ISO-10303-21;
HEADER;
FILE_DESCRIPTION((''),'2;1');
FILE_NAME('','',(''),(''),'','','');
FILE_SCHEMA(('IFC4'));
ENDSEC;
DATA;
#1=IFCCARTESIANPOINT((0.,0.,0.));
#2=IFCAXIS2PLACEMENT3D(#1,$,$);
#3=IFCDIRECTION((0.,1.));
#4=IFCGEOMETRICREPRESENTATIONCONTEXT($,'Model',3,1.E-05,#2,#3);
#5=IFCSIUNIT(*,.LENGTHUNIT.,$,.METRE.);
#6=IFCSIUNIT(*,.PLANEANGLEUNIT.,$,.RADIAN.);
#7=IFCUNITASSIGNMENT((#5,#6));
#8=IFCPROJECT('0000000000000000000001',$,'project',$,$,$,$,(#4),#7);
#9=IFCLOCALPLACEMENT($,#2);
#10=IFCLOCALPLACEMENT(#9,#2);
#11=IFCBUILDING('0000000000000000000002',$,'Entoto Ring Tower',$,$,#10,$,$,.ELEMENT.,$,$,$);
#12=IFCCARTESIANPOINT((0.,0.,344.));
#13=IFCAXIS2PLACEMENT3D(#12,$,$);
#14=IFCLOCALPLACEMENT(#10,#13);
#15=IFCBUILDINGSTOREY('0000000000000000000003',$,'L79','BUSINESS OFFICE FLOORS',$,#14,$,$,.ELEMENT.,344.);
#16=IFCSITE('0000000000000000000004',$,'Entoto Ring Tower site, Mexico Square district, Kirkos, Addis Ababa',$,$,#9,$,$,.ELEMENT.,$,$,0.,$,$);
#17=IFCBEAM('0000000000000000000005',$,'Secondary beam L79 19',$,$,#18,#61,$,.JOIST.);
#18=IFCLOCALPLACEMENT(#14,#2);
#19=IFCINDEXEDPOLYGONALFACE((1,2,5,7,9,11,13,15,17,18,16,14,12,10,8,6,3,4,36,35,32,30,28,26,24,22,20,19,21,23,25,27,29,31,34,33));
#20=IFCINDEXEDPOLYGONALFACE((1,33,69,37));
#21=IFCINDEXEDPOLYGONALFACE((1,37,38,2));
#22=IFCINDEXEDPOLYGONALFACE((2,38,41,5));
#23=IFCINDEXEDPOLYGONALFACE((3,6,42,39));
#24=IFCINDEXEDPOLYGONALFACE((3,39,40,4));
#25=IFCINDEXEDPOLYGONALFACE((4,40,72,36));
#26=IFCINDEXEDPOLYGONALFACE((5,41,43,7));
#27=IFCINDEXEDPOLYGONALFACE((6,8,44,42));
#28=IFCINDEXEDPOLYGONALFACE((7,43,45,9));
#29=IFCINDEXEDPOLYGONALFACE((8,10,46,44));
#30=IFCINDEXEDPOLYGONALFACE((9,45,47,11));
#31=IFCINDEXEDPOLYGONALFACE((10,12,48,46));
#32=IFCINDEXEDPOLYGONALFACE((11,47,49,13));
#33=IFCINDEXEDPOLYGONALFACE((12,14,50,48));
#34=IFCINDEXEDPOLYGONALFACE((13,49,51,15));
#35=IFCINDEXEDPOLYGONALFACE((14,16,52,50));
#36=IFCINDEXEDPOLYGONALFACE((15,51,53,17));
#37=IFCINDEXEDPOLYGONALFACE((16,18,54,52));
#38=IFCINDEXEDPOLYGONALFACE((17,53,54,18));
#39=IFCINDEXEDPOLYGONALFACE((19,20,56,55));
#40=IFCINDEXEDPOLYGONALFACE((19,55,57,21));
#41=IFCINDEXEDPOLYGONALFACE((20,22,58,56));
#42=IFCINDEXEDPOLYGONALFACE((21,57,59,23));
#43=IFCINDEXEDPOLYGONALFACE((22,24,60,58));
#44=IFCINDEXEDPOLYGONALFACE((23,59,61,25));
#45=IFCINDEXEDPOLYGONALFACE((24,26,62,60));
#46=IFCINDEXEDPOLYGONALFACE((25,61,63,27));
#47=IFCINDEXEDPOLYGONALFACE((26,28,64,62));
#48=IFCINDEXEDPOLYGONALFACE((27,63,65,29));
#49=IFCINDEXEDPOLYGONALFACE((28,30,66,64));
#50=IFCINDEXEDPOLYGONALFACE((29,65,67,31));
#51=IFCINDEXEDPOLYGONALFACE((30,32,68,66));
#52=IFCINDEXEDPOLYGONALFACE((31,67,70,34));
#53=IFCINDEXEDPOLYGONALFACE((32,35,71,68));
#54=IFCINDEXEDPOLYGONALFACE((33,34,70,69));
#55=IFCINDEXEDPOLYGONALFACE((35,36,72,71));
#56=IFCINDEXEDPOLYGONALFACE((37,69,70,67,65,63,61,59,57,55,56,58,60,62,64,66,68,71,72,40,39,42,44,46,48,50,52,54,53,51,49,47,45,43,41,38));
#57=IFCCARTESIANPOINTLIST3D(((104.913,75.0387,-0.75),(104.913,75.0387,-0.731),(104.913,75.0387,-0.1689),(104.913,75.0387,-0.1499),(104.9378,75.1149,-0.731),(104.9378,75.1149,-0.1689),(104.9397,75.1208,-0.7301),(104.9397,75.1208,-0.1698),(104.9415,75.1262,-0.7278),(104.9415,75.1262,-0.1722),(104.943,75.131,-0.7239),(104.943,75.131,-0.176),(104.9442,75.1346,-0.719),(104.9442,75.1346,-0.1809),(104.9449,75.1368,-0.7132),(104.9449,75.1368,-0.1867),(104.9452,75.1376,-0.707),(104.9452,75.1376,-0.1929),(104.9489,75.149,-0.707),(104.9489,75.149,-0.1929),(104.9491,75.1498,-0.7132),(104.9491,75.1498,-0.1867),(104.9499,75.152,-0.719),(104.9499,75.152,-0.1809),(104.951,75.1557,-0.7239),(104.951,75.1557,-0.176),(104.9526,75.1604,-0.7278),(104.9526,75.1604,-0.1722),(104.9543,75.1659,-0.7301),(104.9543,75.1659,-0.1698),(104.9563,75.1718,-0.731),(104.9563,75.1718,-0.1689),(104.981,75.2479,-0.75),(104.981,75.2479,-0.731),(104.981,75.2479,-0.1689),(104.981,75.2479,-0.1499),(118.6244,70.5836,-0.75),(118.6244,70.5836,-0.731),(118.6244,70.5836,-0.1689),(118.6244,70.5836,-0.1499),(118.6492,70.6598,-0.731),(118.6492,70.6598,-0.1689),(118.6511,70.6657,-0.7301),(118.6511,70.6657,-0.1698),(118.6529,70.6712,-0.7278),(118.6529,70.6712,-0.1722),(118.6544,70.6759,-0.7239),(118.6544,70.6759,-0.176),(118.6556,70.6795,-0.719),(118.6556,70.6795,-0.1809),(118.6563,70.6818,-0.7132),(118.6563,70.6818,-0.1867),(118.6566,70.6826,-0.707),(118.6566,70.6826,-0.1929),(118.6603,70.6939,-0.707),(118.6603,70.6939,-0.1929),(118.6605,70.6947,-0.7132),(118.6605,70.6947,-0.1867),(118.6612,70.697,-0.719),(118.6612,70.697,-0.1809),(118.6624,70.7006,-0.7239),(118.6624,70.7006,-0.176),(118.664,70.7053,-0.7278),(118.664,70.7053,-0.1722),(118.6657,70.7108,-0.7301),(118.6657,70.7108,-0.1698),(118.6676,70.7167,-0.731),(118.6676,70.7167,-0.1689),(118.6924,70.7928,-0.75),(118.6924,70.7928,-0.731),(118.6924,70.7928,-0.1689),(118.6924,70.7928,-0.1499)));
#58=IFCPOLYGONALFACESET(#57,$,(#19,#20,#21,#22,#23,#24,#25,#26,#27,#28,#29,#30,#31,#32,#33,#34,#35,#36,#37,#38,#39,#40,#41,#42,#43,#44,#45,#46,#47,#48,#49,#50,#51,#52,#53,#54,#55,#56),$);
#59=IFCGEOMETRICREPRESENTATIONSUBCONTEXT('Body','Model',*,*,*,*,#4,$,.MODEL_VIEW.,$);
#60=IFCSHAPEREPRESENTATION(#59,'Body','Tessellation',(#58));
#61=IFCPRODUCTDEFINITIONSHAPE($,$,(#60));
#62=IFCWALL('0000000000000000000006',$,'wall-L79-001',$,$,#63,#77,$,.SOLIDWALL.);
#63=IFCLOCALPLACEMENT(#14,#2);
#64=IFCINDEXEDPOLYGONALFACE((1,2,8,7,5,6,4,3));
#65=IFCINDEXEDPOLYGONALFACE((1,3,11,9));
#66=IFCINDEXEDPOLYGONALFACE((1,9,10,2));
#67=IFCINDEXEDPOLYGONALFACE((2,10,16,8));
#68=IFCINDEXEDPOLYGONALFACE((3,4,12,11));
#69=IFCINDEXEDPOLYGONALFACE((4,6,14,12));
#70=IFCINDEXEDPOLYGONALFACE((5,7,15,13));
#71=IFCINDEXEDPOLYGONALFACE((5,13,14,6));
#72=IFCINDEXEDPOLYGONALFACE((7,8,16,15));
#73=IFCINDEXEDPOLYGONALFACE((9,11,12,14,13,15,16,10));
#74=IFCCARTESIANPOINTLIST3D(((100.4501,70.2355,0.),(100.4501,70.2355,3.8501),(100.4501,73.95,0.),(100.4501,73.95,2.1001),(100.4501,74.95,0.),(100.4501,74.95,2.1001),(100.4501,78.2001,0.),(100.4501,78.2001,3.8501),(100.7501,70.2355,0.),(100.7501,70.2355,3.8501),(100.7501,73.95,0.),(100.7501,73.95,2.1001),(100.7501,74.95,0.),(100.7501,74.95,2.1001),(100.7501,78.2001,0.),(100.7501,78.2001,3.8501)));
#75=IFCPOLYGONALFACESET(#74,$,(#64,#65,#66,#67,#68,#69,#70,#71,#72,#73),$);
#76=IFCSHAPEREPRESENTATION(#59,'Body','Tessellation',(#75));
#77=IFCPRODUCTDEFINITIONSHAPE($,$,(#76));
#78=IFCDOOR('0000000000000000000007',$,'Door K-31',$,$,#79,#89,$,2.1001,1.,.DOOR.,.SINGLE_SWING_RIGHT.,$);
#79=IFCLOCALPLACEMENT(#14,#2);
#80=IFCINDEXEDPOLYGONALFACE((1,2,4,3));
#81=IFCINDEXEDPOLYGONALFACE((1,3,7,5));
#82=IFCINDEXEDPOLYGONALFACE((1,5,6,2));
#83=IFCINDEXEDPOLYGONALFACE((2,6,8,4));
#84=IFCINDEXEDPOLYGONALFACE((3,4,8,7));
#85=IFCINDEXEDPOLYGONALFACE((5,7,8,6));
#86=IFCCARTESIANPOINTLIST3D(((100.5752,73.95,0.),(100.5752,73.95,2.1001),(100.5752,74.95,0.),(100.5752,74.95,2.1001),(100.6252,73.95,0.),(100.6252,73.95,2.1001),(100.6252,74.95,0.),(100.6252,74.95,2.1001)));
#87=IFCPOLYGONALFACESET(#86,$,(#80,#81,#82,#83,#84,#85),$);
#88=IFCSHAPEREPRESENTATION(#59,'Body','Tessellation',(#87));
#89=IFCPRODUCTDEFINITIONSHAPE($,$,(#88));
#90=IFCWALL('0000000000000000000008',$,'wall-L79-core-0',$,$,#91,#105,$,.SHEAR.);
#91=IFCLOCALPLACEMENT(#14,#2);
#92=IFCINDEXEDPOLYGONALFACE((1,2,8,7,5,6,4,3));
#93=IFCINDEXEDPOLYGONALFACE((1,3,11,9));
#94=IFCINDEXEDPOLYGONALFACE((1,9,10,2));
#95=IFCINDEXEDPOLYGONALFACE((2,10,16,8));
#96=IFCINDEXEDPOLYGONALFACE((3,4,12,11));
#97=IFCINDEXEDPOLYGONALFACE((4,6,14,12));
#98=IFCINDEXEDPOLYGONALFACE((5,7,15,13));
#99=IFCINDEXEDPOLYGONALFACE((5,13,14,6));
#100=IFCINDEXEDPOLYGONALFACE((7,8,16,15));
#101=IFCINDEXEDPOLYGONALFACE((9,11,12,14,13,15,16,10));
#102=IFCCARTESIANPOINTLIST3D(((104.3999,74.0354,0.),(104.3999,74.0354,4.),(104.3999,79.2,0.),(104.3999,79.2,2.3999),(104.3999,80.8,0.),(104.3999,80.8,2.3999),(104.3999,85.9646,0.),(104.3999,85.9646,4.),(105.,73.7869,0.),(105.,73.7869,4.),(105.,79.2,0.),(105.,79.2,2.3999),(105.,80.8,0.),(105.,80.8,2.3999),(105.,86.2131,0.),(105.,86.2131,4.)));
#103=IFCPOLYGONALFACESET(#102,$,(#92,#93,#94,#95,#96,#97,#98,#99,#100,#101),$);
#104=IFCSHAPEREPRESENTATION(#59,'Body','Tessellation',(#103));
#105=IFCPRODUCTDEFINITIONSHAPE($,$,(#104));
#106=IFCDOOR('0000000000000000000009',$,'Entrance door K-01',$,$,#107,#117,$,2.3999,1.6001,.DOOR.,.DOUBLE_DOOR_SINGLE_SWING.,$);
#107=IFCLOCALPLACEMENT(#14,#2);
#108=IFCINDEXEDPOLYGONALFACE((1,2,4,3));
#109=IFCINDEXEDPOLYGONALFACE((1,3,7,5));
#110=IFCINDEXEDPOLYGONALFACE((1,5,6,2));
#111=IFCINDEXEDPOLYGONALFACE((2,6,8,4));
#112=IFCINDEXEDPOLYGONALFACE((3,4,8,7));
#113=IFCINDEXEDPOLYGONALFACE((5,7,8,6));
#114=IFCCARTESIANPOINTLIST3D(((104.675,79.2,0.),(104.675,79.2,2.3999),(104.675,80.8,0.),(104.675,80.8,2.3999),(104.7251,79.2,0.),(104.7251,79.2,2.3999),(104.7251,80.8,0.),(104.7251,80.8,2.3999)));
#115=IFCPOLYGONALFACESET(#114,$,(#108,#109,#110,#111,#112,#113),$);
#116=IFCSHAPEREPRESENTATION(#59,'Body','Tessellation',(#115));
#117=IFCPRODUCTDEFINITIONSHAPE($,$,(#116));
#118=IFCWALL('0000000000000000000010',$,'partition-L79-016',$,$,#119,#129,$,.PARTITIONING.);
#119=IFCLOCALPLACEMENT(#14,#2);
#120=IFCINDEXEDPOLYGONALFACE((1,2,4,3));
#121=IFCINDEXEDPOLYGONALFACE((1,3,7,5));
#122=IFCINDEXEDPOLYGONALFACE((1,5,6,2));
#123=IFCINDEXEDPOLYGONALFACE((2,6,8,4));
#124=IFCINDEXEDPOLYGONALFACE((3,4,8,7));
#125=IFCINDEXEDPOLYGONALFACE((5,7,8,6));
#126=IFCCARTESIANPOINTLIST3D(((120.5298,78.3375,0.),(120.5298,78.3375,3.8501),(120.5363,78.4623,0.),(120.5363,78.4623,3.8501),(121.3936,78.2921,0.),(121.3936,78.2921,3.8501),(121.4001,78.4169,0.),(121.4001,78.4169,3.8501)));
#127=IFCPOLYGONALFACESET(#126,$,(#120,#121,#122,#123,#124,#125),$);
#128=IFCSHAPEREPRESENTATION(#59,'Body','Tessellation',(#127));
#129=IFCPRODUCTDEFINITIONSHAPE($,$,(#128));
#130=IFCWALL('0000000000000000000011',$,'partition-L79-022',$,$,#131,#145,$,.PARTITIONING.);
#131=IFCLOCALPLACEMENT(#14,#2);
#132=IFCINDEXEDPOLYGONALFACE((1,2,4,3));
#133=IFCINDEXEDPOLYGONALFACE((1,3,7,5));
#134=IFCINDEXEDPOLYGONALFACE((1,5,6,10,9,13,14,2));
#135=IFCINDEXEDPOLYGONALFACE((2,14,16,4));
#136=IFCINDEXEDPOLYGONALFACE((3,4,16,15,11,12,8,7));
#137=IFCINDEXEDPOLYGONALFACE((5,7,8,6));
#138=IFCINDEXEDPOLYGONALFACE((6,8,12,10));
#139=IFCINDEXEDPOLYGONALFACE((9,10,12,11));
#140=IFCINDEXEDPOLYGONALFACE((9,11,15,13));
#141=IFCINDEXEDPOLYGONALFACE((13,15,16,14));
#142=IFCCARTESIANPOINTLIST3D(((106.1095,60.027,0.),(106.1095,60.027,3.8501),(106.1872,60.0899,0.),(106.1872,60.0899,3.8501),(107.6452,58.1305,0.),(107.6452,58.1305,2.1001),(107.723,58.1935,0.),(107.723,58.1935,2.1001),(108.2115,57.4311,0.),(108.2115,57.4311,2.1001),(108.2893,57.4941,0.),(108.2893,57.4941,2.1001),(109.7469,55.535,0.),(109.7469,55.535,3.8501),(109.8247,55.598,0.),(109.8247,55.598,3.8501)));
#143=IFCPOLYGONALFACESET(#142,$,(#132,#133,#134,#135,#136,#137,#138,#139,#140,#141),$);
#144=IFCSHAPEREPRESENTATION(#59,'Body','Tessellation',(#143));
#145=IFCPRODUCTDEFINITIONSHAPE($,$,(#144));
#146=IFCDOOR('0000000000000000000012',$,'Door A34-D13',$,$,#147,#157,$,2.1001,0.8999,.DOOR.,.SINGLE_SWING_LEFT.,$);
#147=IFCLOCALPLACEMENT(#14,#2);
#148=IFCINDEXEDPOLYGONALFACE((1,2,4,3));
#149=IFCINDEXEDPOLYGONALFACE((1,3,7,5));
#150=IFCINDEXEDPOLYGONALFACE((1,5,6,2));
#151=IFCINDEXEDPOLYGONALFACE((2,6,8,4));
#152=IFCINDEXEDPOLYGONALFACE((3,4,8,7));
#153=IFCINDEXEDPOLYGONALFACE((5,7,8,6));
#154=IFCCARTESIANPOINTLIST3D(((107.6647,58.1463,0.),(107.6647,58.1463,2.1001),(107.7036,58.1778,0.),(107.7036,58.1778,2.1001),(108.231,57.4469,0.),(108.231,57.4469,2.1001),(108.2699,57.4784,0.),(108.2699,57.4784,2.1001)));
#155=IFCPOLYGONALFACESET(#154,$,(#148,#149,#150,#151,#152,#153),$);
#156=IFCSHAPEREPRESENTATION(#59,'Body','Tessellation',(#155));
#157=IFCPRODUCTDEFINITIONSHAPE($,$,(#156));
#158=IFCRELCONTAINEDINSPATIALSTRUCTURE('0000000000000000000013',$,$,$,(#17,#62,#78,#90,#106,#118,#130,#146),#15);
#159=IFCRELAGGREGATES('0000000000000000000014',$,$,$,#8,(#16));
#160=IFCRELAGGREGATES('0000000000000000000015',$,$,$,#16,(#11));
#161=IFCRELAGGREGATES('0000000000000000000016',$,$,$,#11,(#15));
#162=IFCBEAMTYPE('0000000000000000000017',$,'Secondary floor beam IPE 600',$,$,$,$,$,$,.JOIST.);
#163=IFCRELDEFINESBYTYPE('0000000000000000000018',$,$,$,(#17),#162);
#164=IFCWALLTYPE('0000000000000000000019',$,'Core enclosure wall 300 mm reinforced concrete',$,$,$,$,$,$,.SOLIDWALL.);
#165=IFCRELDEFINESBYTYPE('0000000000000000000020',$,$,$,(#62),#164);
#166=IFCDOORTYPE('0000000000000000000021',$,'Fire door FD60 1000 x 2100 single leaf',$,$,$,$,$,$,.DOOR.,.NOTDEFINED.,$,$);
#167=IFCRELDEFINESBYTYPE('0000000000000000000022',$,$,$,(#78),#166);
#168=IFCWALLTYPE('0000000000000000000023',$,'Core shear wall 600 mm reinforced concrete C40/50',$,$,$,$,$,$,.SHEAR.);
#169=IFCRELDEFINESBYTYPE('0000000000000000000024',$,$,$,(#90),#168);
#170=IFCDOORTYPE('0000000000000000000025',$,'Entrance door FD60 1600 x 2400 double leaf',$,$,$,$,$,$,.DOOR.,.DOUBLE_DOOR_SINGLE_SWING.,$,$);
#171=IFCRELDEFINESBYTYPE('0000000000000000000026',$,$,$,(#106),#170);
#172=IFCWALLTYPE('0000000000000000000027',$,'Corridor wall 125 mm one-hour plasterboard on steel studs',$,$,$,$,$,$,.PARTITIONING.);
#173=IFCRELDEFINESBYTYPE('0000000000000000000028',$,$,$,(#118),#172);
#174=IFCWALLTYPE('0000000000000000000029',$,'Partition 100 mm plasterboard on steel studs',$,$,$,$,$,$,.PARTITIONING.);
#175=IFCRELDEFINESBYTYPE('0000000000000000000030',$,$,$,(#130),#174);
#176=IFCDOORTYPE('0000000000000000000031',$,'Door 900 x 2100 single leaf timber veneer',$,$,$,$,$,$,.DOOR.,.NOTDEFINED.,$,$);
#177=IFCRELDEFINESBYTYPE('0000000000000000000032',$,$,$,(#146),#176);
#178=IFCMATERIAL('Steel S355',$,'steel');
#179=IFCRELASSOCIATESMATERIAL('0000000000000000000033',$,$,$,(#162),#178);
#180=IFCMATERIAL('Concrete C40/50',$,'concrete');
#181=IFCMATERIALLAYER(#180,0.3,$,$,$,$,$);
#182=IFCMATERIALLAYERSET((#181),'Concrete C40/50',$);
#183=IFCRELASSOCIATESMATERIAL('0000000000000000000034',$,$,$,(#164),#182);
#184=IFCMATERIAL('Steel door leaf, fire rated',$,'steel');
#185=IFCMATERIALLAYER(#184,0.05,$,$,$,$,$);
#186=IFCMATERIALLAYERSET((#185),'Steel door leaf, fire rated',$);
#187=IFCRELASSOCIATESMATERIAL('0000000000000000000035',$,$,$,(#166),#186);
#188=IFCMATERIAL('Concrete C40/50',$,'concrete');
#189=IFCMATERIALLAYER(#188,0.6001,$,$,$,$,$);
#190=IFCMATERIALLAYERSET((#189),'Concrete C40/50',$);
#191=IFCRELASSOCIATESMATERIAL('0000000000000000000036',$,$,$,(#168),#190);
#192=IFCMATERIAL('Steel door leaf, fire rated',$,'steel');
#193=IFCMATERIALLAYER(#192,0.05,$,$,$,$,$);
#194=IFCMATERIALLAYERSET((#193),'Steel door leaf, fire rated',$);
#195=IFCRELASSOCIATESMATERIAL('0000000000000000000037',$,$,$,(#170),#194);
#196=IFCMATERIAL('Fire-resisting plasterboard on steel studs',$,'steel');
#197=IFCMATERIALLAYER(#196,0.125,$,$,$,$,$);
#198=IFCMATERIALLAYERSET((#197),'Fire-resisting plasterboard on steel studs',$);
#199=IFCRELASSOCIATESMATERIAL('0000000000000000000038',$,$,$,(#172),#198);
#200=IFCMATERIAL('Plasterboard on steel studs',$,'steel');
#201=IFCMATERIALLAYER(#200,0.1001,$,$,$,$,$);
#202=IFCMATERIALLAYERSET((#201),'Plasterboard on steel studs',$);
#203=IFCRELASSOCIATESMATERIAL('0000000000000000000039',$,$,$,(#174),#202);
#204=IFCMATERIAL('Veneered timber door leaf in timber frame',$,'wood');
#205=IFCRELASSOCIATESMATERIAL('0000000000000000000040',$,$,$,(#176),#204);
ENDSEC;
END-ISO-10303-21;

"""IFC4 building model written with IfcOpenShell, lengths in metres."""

from ifc_helpers import new_model, si_unit, direction, frame, frame_2d, origin, origin_2d, place, context, subcontext, project, spatial, polyline, rectangle, i_section, outline, extrude, material, layer, layer_set, material_profile, profile_set, type_object, element, fill, save


model = new_model("IFC4")

# Units and contexts
model_context = context("Model", 3, precision=1e-05, world=origin(), true_north=direction((0.0, 1.0)))
body_context = subcontext(model_context, "Body", "Model", "MODEL_VIEW")
ifc_project = project(units=[si_unit("LENGTHUNIT", "METRE"), si_unit("PLANEANGLEUNIT", "RADIAN")], contexts=[model_context])

# Site, building, storey
site_placement = place(None, origin())
site = spatial("IfcSite", under=ifc_project, at=site_placement, Name="Entoto Ring Tower site, Mexico Square district, Kirkos, Addis Ababa", CompositionType="ELEMENT", RefElevation=0.0)
building_placement = place(site_placement, origin())
building = spatial("IfcBuilding", under=site, at=building_placement, Name="Entoto Ring Tower", CompositionType="ELEMENT")
storey_placement = place(building_placement, frame((0.0, 0.0, 344.0)))
storey = spatial("IfcBuildingStorey", under=building, at=storey_placement, Name="L79", Description="BUSINESS OFFICE FLOORS", CompositionType="ELEMENT", Elevation=344.0)

# Beam
ifc_material_1 = material(Name="Steel S355", Category="steel")
ifc_material_profile_1 = material_profile(ifc_material_1, i_section(OverallWidth=0.22, OverallDepth=0.6001, WebThickness=0.012, FlangeThickness=0.019, FilletRadius=0.0239, at=origin_2d()), Name="IPE 600")
ifc_profile_set_1 = profile_set([ifc_material_profile_1], Name="Steel S355")
beam_type_1 = type_object("IfcBeamType", Name="Secondary floor beam IPE 600", PredefinedType="JOIST", material=ifc_profile_set_1)
beam_1_placement = place(storey_placement, frame((104.947, 75.1433, -0.45), z_axis=(0.951057, -0.309015, 0.0), x_axis=(0.309015, 0.951057, 0.0)))
element("IfcBeam", 1, at=beam_1_placement, inside=storey, type_object=beam_type_1, Name="Secondary beam L79 19", PredefinedType="JOIST", context=body_context, shape_type="SweptSolid", body=[
    extrude(i_section(OverallWidth=0.22, OverallDepth=0.6001, WebThickness=0.012, FlangeThickness=0.019, FilletRadius=0.0239, at=origin_2d()), origin(), (0.0, 0.0, 1.0), 14.417),
])

# Walls, openings, doors
ifc_material_2 = material(Name="Concrete C40/50", Category="concrete")
ifc_layer_1 = layer(ifc_material_2, 0.3)
ifc_layer_set_1 = layer_set([ifc_layer_1], Name="Concrete C40/50")
wall_type_1 = type_object("IfcWallType", Name="Core enclosure wall 300 mm reinforced concrete", PredefinedType="SOLIDWALL", material=ifc_layer_set_1)
wall_1_placement = place(storey_placement, frame((100.6001, 70.2354, 0.0), z_axis=(0.0, 0.0, 1.0), x_axis=(0.0, 1.0, 0.0)))
wall_1 = element("IfcWall", 2, at=wall_1_placement, inside=storey, type_object=wall_type_1, Name="wall-L79-001", PredefinedType="SOLIDWALL", context=body_context, shape_type="SweptSolid", body=[
    extrude(rectangle(XDim=7.9646, YDim=0.3, at=frame_2d((3.9824, 0.0))), origin(), (0.0, 0.0, 1.0), 3.8501),
])
opening_1_placement = place(wall_1_placement, frame((3.7146, 0.0, 0.0)))
opening_1 = element("IfcOpeningElement", 3, at=opening_1_placement, cuts=wall_1, PredefinedType="OPENING", context=body_context, shape_type="SweptSolid", body=[
    extrude(rectangle(XDim=1.0, YDim=2.1001, at=frame_2d((0.5, 1.05))), frame((0.0, 0.1602, 0.0), z_axis=(0.0, -1.0, 0.0), x_axis=(1.0, 0.0, 0.0)), (0.0, 0.0, 1.0), 0.3201),
])
ifc_material_3 = material(Name="Steel door leaf, fire rated", Category="steel")
ifc_layer_2 = layer(ifc_material_3, 0.05)
ifc_layer_set_2 = layer_set([ifc_layer_2], Name="Steel door leaf, fire rated")
door_type_1 = type_object("IfcDoorType", Name="Fire door FD60 1000 x 2100 single leaf", OperationType="NOTDEFINED", PredefinedType="DOOR", material=ifc_layer_set_2)
door_1_placement = place(opening_1_placement, origin())
door_1 = element("IfcDoor", 4, at=door_1_placement, inside=storey, type_object=door_type_1, Name="Door K-31", OperationType="SINGLE_SWING_RIGHT", OverallHeight=2.1001, OverallWidth=1.0, PredefinedType="DOOR", context=body_context, shape_type="SweptSolid", body=[
    extrude(rectangle(XDim=1.0, YDim=2.1001, at=frame_2d((0.5, 1.05))), frame((0.0, 0.0249, 0.0), z_axis=(0.0, -1.0, 0.0), x_axis=(1.0, 0.0, 0.0)), (0.0, 0.0, 1.0), 0.05),
])
fill(opening_1, door_1)
ifc_material_4 = material(Name="Concrete C40/50", Category="concrete")
ifc_layer_3 = layer(ifc_material_4, 0.6001)
ifc_layer_set_3 = layer_set([ifc_layer_3], Name="Concrete C40/50")
wall_type_2 = type_object("IfcWallType", Name="Core shear wall 600 mm reinforced concrete C40/50", PredefinedType="SHEAR", material=ifc_layer_set_3)
wall_2_placement = place(storey_placement, frame((104.7, 73.9111, 0.0), z_axis=(0.0, 0.0, 1.0), x_axis=(0.0, 1.0, 0.0)))
wall_2 = element("IfcWall", 5, at=wall_2_placement, inside=storey, type_object=wall_type_2, Name="wall-L79-core-0", PredefinedType="SHEAR", context=body_context, shape_type="SweptSolid", body=[
    extrude(outline(polyline([(-0.1243, -0.3), (12.302, -0.3), (12.0535, 0.3), (0.1243, 0.3), (-0.1243, -0.3)])), origin(), (0.0, 0.0, 1.0), 4.0),
])
opening_2_placement = place(wall_2_placement, frame((5.2888, 0.0, 0.0)))
opening_2 = element("IfcOpeningElement", 6, at=opening_2_placement, cuts=wall_2, PredefinedType="OPENING", context=body_context, shape_type="SweptSolid", body=[
    extrude(rectangle(XDim=1.6001, YDim=2.3999, at=frame_2d((0.8, 1.2))), frame((0.0, 0.3101, 0.0), z_axis=(0.0, -1.0, 0.0), x_axis=(1.0, 0.0, 0.0)), (0.0, 0.0, 1.0), 0.6201),
])
ifc_material_5 = material(Name="Steel door leaf, fire rated", Category="steel")
ifc_layer_4 = layer(ifc_material_5, 0.05)
ifc_layer_set_4 = layer_set([ifc_layer_4], Name="Steel door leaf, fire rated")
door_type_2 = type_object("IfcDoorType", Name="Entrance door FD60 1600 x 2400 double leaf", OperationType="DOUBLE_DOOR_SINGLE_SWING", PredefinedType="DOOR", material=ifc_layer_set_4)
door_2_placement = place(opening_2_placement, origin())
door_2 = element("IfcDoor", 7, at=door_2_placement, inside=storey, type_object=door_type_2, Name="Entrance door K-01", OperationType="DOUBLE_DOOR_SINGLE_SWING", OverallHeight=2.3999, OverallWidth=1.6001, PredefinedType="DOOR", context=body_context, shape_type="SweptSolid", body=[
    extrude(rectangle(XDim=1.6001, YDim=2.3999, at=frame_2d((0.8, 1.2))), frame((0.0, 0.0249, 0.0), z_axis=(0.0, -1.0, 0.0), x_axis=(1.0, 0.0, 0.0)), (0.0, 0.0, 1.0), 0.05),
])
fill(opening_2, door_2)

# Wall
ifc_material_6 = material(Name="Fire-resisting plasterboard on steel studs", Category="steel")
ifc_layer_5 = layer(ifc_material_6, 0.125)
ifc_layer_set_5 = layer_set([ifc_layer_5], Name="Fire-resisting plasterboard on steel studs")
wall_type_3 = type_object("IfcWallType", Name="Corridor wall 125 mm one-hour plasterboard on steel studs", PredefinedType="PARTITIONING", material=ifc_layer_set_5)
wall_3_placement = place(storey_placement, frame((121.397, 78.3545, 0.0), z_axis=(0.0, 0.0, 1.0), x_axis=(-0.998621, 0.0525, 0.0)))
element("IfcWall", 8, at=wall_3_placement, inside=storey, type_object=wall_type_3, Name="partition-L79-016", PredefinedType="PARTITIONING", context=body_context, shape_type="SweptSolid", body=[
    extrude(rectangle(XDim=0.865, YDim=0.125, at=frame_2d((0.4326, 0.0))), origin(), (0.0, 0.0, 1.0), 3.8501),
])

# Wall, opening, door
ifc_material_7 = material(Name="Plasterboard on steel studs", Category="steel")
ifc_layer_6 = layer(ifc_material_7, 0.1001)
ifc_layer_set_6 = layer_set([ifc_layer_6], Name="Plasterboard on steel studs")
wall_type_4 = type_object("IfcWallType", Name="Partition 100 mm plasterboard on steel studs", PredefinedType="PARTITIONING", material=ifc_layer_set_6)
wall_4_placement = place(storey_placement, frame((109.7859, 55.5664, 0.0), z_axis=(0.0, 0.0, 1.0), x_axis=(-0.629315, 0.77715, 0.0)))
wall_4 = element("IfcWall", 9, at=wall_4_placement, inside=storey, type_object=wall_type_4, Name="partition-L79-022", PredefinedType="PARTITIONING", context=body_context, shape_type="SweptSolid", body=[
    extrude(rectangle(XDim=5.78, YDim=0.1001, at=frame_2d((2.8901, 0.0))), origin(), (0.0, 0.0, 1.0), 3.8501),
])
opening_3_placement = place(wall_4_placement, frame((2.4399, 0.0, 0.0)))
opening_3 = element("IfcOpeningElement", 10, at=opening_3_placement, cuts=wall_4, PredefinedType="OPENING", context=body_context, shape_type="SweptSolid", body=[
    extrude(rectangle(XDim=0.8999, YDim=2.1001, at=frame_2d((0.45, 1.05))), frame((0.0, 0.0601, 0.0), z_axis=(0.0, -1.0, 0.0), x_axis=(1.0, 0.0, 0.0)), (0.0, 0.0, 1.0), 0.1201),
])
ifc_material_8 = material(Name="Veneered timber door leaf in timber frame", Category="wood")
door_type_3 = type_object("IfcDoorType", Name="Door 900 x 2100 single leaf timber veneer", OperationType="NOTDEFINED", PredefinedType="DOOR", material=ifc_material_8)
door_3_placement = place(opening_3_placement, origin())
door_3 = element("IfcDoor", 11, at=door_3_placement, inside=storey, type_object=door_type_3, Name="Door A34-D13", OperationType="SINGLE_SWING_LEFT", OverallHeight=2.1001, OverallWidth=0.8999, PredefinedType="DOOR", context=body_context, shape_type="SweptSolid", body=[
    extrude(rectangle(XDim=0.8999, YDim=2.1001, at=frame_2d((0.45, 1.05))), frame((0.0, 0.0249, 0.0), z_axis=(0.0, -1.0, 0.0), x_axis=(1.0, 0.0, 0.0)), (0.0, 0.0, 1.0), 0.05),
])
fill(opening_3, door_3)

save(model, "model.ifc")
